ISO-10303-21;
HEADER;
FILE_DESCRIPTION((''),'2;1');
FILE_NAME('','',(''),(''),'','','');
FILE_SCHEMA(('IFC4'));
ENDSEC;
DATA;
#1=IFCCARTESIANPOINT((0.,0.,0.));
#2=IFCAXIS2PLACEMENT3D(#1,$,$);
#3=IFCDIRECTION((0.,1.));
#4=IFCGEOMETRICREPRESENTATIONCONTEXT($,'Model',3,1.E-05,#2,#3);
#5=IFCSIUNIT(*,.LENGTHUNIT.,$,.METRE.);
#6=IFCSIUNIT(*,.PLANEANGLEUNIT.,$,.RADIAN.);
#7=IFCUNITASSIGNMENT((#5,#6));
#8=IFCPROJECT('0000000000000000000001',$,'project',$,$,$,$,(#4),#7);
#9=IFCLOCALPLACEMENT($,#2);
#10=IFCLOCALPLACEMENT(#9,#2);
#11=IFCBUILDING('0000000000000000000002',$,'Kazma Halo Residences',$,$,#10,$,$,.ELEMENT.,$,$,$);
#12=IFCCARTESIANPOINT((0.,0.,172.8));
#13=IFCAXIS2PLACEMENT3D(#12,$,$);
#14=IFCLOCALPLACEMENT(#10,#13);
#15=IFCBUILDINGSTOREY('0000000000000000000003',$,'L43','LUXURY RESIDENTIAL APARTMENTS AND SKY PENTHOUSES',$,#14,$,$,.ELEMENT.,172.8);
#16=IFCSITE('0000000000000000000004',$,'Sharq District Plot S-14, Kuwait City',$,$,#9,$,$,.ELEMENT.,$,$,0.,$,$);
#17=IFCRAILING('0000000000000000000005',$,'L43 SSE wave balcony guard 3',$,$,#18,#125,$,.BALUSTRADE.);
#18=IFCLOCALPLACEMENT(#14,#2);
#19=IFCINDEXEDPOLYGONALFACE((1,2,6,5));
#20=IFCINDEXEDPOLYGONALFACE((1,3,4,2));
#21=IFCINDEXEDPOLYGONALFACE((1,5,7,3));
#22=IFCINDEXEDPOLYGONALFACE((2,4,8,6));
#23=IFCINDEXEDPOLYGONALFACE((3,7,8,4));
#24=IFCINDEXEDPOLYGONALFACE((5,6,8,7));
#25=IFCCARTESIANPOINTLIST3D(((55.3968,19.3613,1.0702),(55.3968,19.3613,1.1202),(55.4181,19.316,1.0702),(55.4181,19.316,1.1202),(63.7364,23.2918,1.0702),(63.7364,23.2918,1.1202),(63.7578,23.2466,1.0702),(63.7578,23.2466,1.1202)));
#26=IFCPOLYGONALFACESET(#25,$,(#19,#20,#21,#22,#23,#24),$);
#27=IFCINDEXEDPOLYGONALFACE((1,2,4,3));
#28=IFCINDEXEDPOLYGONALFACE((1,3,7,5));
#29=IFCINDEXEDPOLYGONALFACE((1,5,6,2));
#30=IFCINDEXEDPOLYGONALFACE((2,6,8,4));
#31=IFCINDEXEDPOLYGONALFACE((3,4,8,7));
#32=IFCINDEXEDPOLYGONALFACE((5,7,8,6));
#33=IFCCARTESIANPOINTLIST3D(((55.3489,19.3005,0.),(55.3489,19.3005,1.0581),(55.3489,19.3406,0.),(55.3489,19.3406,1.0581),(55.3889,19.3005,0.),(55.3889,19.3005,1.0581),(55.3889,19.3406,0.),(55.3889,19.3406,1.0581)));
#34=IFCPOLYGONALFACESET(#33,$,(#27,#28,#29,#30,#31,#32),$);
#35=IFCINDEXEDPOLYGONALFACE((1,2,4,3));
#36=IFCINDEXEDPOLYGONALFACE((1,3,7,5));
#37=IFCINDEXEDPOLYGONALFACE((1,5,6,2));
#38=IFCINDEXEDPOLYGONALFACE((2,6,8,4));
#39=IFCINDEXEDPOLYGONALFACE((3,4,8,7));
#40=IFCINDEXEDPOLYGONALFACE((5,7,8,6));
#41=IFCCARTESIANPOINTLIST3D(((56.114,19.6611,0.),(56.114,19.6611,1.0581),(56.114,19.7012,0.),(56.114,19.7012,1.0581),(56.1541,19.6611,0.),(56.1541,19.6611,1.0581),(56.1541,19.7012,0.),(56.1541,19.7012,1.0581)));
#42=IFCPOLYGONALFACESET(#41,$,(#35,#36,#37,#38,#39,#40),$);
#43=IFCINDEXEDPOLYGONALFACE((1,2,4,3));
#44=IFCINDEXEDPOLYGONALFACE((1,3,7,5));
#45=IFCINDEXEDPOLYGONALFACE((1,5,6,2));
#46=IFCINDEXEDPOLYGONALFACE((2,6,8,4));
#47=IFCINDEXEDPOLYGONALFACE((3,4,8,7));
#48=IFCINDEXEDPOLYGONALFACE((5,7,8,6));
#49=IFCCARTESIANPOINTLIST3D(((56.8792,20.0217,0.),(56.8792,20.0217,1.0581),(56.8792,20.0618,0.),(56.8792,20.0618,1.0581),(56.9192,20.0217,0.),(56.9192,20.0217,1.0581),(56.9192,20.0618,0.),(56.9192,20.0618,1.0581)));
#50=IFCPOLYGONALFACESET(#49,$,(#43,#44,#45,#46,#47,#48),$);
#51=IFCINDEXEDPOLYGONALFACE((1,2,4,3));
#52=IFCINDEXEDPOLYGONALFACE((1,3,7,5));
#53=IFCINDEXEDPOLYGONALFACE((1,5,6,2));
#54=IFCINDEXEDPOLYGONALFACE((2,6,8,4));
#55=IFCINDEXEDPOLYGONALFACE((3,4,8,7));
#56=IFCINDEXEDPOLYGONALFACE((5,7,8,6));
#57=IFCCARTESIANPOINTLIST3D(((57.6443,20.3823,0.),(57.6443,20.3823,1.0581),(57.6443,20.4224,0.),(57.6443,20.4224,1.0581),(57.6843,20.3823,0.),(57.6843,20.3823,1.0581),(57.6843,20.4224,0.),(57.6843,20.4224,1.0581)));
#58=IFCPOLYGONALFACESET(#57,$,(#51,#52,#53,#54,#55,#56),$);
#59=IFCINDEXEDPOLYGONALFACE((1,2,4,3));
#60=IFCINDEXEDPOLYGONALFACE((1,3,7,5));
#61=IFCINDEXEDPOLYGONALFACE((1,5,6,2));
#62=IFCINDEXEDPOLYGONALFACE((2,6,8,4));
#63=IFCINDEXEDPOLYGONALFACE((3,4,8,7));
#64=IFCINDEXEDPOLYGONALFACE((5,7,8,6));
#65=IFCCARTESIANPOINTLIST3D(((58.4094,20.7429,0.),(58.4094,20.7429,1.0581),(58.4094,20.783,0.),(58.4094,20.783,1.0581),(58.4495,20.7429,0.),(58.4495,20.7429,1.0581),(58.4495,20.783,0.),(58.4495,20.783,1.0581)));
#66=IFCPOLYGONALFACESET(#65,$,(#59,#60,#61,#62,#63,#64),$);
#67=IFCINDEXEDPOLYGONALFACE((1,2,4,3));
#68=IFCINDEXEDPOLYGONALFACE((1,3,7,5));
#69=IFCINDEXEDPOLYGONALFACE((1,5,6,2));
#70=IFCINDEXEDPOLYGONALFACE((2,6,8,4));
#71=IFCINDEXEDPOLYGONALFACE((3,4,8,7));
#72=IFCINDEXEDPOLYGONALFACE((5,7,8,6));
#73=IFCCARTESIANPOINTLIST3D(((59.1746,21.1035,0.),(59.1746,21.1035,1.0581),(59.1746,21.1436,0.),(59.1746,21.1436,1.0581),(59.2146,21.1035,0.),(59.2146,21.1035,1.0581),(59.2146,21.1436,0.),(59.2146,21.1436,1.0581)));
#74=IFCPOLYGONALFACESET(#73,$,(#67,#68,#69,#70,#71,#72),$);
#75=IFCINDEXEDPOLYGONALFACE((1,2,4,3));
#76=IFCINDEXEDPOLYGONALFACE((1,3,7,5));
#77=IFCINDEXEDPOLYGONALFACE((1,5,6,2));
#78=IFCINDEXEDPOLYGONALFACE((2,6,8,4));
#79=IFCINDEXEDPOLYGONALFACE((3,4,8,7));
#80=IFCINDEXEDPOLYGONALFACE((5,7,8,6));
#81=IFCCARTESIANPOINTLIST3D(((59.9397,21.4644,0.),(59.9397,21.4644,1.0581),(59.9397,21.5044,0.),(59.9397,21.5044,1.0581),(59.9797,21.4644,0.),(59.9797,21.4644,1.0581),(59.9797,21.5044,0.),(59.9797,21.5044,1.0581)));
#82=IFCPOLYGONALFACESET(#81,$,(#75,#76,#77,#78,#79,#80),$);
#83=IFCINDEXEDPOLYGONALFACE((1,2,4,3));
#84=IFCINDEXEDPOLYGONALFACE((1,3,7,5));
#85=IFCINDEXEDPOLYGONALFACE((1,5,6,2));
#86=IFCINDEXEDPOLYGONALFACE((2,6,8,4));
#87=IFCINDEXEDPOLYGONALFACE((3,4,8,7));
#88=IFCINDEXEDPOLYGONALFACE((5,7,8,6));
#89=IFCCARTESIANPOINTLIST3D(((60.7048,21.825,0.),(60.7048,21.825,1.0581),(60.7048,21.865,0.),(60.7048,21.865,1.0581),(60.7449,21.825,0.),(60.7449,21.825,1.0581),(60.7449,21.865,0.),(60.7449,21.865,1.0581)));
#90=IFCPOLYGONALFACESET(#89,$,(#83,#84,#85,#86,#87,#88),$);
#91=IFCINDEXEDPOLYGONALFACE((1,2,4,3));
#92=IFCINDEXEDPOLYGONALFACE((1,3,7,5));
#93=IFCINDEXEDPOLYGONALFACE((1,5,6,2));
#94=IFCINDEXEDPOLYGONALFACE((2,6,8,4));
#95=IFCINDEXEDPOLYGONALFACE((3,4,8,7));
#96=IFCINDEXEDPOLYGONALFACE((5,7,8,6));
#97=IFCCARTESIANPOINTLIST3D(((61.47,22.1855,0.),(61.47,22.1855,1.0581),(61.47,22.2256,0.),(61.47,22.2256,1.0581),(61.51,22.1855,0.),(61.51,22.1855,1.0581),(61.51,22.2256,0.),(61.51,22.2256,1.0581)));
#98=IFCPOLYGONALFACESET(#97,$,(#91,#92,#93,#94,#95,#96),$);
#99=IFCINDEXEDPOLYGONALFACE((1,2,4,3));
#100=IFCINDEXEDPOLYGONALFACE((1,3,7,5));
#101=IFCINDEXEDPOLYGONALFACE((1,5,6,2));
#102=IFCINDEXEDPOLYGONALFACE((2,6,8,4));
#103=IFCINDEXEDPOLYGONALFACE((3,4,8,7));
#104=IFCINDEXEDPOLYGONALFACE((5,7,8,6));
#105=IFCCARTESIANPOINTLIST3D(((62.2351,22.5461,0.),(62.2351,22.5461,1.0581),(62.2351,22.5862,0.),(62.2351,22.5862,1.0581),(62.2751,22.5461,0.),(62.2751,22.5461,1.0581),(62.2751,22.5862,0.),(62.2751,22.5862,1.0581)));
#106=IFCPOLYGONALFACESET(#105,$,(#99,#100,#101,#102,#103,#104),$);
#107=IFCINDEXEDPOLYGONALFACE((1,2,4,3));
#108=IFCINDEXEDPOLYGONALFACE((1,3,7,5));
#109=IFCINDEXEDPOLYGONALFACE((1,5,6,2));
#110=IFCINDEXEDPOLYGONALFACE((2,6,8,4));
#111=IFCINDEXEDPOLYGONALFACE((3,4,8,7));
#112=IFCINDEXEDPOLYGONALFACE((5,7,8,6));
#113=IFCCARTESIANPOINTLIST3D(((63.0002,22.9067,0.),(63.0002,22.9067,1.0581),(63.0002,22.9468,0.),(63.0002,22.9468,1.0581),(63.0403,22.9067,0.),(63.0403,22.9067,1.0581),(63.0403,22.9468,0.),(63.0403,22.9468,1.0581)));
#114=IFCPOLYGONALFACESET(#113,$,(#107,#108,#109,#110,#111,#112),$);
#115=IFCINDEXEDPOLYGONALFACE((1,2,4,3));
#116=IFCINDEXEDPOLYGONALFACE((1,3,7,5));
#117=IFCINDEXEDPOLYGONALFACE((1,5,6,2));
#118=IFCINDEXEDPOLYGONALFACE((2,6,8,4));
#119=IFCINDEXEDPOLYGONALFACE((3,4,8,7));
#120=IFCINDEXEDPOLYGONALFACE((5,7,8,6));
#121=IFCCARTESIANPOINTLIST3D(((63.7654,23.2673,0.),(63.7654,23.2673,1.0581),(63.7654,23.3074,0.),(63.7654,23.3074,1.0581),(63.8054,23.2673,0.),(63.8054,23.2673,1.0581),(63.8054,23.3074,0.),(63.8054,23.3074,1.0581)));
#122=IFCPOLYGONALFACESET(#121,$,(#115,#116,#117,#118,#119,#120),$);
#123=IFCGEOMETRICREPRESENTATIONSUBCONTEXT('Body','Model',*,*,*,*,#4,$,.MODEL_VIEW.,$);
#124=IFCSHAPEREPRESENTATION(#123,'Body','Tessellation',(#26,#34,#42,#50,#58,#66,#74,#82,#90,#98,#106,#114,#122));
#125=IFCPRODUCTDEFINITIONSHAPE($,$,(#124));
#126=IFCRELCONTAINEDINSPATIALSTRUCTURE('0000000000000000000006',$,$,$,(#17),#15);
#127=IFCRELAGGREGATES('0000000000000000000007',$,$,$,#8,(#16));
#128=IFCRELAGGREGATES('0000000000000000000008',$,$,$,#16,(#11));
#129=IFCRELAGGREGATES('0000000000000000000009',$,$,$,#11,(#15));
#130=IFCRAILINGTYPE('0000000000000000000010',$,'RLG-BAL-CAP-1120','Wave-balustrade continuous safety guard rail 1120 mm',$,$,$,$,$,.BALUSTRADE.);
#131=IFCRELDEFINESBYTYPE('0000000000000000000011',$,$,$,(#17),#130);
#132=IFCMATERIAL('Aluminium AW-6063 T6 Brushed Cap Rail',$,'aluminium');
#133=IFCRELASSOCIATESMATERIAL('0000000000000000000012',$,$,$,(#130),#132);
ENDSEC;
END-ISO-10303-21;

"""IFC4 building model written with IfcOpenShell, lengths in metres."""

from ifc_helpers import new_model, si_unit, direction, frame, origin, origin_2d, place, context, subcontext, project, spatial, rectangle, extrude, material, type_object, element, save


model = new_model("IFC4")

# Units and contexts
model_context = context("Model", 3, precision=1e-05, world=origin(), true_north=direction((0.0, 1.0)))
body_context = subcontext(model_context, "Body", "Model", "MODEL_VIEW")
ifc_project = project(units=[si_unit("LENGTHUNIT", "METRE"), si_unit("PLANEANGLEUNIT", "RADIAN")], contexts=[model_context])

# Site, building, storey
site_placement = place(None, origin())
site = spatial("IfcSite", under=ifc_project, at=site_placement, Name="Sharq District Plot S-14, Kuwait City", CompositionType="ELEMENT", RefElevation=0.0)
building_placement = place(site_placement, origin())
building = spatial("IfcBuilding", under=site, at=building_placement, Name="Kazma Halo Residences", CompositionType="ELEMENT")
storey_placement = place(building_placement, frame((0.0, 0.0, 172.8)))
storey = spatial("IfcBuildingStorey", under=building, at=storey_placement, Name="L43", Description="LUXURY RESIDENTIAL APARTMENTS AND SKY PENTHOUSES", CompositionType="ELEMENT", Elevation=172.8)

# Railing
ifc_material_1 = material(Name="Aluminium AW-6063 T6 Brushed Cap Rail", Category="aluminium")
railing_type = type_object("IfcRailingType", Name="RLG-BAL-CAP-1120", Description="Wave-balustrade continuous safety guard rail 1120 mm", PredefinedType="BALUSTRADE", material=ifc_material_1)
railing_1_placement = place(storey_placement, frame((55.3689, 19.3206, 0.0)))
element("IfcRailing", 1, at=railing_1_placement, inside=storey, type_object=railing_type, Name="L43 SSE wave balcony guard 3", PredefinedType="BALUSTRADE", context=body_context, shape_type="SweptSolid", body=[
    extrude(rectangle(XDim=0.05, YDim=0.05, at=origin_2d()), frame((0.0386, 0.0181, 1.0952), z_axis=(0.904566, 0.426333, 0.0), x_axis=(-0.426333, 0.904566, 0.0)), (0.0, 0.0, 1.0), 9.2195),
    extrude(rectangle(XDim=0.04, YDim=0.04, at=origin_2d()), origin(), (0.0, 0.0, 1.0), 1.0581),
    extrude(rectangle(XDim=0.04, YDim=0.04, at=origin_2d()), frame((0.7651, 0.3606, 0.0)), (0.0, 0.0, 1.0), 1.0581),
    extrude(rectangle(XDim=0.04, YDim=0.04, at=origin_2d()), frame((1.5303, 0.7212, 0.0)), (0.0, 0.0, 1.0), 1.0581),
    extrude(rectangle(XDim=0.04, YDim=0.04, at=origin_2d()), frame((2.2954, 1.0818, 0.0)), (0.0, 0.0, 1.0), 1.0581),
    extrude(rectangle(XDim=0.04, YDim=0.04, at=origin_2d()), frame((3.0605, 1.4424, 0.0)), (0.0, 0.0, 1.0), 1.0581),
    extrude(rectangle(XDim=0.04, YDim=0.04, at=origin_2d()), frame((3.8257, 1.803, 0.0)), (0.0, 0.0, 1.0), 1.0581),
    extrude(rectangle(XDim=0.04, YDim=0.04, at=origin_2d()), frame((4.5908, 2.1638, 0.0)), (0.0, 0.0, 1.0), 1.0581),
    extrude(rectangle(XDim=0.04, YDim=0.04, at=origin_2d()), frame((5.356, 2.5244, 0.0)), (0.0, 0.0, 1.0), 1.0581),
    extrude(rectangle(XDim=0.04, YDim=0.04, at=origin_2d()), frame((6.1211, 2.885, 0.0)), (0.0, 0.0, 1.0), 1.0581),
    extrude(rectangle(XDim=0.04, YDim=0.04, at=origin_2d()), frame((6.8862, 3.2456, 0.0)), (0.0, 0.0, 1.0), 1.0581),
    extrude(rectangle(XDim=0.04, YDim=0.04, at=origin_2d()), frame((7.6514, 3.6062, 0.0)), (0.0, 0.0, 1.0), 1.0581),
    extrude(rectangle(XDim=0.04, YDim=0.04, at=origin_2d()), frame((8.4165, 3.9668, 0.0)), (0.0, 0.0, 1.0), 1.0581),
])

save(model, "model.ifc")
